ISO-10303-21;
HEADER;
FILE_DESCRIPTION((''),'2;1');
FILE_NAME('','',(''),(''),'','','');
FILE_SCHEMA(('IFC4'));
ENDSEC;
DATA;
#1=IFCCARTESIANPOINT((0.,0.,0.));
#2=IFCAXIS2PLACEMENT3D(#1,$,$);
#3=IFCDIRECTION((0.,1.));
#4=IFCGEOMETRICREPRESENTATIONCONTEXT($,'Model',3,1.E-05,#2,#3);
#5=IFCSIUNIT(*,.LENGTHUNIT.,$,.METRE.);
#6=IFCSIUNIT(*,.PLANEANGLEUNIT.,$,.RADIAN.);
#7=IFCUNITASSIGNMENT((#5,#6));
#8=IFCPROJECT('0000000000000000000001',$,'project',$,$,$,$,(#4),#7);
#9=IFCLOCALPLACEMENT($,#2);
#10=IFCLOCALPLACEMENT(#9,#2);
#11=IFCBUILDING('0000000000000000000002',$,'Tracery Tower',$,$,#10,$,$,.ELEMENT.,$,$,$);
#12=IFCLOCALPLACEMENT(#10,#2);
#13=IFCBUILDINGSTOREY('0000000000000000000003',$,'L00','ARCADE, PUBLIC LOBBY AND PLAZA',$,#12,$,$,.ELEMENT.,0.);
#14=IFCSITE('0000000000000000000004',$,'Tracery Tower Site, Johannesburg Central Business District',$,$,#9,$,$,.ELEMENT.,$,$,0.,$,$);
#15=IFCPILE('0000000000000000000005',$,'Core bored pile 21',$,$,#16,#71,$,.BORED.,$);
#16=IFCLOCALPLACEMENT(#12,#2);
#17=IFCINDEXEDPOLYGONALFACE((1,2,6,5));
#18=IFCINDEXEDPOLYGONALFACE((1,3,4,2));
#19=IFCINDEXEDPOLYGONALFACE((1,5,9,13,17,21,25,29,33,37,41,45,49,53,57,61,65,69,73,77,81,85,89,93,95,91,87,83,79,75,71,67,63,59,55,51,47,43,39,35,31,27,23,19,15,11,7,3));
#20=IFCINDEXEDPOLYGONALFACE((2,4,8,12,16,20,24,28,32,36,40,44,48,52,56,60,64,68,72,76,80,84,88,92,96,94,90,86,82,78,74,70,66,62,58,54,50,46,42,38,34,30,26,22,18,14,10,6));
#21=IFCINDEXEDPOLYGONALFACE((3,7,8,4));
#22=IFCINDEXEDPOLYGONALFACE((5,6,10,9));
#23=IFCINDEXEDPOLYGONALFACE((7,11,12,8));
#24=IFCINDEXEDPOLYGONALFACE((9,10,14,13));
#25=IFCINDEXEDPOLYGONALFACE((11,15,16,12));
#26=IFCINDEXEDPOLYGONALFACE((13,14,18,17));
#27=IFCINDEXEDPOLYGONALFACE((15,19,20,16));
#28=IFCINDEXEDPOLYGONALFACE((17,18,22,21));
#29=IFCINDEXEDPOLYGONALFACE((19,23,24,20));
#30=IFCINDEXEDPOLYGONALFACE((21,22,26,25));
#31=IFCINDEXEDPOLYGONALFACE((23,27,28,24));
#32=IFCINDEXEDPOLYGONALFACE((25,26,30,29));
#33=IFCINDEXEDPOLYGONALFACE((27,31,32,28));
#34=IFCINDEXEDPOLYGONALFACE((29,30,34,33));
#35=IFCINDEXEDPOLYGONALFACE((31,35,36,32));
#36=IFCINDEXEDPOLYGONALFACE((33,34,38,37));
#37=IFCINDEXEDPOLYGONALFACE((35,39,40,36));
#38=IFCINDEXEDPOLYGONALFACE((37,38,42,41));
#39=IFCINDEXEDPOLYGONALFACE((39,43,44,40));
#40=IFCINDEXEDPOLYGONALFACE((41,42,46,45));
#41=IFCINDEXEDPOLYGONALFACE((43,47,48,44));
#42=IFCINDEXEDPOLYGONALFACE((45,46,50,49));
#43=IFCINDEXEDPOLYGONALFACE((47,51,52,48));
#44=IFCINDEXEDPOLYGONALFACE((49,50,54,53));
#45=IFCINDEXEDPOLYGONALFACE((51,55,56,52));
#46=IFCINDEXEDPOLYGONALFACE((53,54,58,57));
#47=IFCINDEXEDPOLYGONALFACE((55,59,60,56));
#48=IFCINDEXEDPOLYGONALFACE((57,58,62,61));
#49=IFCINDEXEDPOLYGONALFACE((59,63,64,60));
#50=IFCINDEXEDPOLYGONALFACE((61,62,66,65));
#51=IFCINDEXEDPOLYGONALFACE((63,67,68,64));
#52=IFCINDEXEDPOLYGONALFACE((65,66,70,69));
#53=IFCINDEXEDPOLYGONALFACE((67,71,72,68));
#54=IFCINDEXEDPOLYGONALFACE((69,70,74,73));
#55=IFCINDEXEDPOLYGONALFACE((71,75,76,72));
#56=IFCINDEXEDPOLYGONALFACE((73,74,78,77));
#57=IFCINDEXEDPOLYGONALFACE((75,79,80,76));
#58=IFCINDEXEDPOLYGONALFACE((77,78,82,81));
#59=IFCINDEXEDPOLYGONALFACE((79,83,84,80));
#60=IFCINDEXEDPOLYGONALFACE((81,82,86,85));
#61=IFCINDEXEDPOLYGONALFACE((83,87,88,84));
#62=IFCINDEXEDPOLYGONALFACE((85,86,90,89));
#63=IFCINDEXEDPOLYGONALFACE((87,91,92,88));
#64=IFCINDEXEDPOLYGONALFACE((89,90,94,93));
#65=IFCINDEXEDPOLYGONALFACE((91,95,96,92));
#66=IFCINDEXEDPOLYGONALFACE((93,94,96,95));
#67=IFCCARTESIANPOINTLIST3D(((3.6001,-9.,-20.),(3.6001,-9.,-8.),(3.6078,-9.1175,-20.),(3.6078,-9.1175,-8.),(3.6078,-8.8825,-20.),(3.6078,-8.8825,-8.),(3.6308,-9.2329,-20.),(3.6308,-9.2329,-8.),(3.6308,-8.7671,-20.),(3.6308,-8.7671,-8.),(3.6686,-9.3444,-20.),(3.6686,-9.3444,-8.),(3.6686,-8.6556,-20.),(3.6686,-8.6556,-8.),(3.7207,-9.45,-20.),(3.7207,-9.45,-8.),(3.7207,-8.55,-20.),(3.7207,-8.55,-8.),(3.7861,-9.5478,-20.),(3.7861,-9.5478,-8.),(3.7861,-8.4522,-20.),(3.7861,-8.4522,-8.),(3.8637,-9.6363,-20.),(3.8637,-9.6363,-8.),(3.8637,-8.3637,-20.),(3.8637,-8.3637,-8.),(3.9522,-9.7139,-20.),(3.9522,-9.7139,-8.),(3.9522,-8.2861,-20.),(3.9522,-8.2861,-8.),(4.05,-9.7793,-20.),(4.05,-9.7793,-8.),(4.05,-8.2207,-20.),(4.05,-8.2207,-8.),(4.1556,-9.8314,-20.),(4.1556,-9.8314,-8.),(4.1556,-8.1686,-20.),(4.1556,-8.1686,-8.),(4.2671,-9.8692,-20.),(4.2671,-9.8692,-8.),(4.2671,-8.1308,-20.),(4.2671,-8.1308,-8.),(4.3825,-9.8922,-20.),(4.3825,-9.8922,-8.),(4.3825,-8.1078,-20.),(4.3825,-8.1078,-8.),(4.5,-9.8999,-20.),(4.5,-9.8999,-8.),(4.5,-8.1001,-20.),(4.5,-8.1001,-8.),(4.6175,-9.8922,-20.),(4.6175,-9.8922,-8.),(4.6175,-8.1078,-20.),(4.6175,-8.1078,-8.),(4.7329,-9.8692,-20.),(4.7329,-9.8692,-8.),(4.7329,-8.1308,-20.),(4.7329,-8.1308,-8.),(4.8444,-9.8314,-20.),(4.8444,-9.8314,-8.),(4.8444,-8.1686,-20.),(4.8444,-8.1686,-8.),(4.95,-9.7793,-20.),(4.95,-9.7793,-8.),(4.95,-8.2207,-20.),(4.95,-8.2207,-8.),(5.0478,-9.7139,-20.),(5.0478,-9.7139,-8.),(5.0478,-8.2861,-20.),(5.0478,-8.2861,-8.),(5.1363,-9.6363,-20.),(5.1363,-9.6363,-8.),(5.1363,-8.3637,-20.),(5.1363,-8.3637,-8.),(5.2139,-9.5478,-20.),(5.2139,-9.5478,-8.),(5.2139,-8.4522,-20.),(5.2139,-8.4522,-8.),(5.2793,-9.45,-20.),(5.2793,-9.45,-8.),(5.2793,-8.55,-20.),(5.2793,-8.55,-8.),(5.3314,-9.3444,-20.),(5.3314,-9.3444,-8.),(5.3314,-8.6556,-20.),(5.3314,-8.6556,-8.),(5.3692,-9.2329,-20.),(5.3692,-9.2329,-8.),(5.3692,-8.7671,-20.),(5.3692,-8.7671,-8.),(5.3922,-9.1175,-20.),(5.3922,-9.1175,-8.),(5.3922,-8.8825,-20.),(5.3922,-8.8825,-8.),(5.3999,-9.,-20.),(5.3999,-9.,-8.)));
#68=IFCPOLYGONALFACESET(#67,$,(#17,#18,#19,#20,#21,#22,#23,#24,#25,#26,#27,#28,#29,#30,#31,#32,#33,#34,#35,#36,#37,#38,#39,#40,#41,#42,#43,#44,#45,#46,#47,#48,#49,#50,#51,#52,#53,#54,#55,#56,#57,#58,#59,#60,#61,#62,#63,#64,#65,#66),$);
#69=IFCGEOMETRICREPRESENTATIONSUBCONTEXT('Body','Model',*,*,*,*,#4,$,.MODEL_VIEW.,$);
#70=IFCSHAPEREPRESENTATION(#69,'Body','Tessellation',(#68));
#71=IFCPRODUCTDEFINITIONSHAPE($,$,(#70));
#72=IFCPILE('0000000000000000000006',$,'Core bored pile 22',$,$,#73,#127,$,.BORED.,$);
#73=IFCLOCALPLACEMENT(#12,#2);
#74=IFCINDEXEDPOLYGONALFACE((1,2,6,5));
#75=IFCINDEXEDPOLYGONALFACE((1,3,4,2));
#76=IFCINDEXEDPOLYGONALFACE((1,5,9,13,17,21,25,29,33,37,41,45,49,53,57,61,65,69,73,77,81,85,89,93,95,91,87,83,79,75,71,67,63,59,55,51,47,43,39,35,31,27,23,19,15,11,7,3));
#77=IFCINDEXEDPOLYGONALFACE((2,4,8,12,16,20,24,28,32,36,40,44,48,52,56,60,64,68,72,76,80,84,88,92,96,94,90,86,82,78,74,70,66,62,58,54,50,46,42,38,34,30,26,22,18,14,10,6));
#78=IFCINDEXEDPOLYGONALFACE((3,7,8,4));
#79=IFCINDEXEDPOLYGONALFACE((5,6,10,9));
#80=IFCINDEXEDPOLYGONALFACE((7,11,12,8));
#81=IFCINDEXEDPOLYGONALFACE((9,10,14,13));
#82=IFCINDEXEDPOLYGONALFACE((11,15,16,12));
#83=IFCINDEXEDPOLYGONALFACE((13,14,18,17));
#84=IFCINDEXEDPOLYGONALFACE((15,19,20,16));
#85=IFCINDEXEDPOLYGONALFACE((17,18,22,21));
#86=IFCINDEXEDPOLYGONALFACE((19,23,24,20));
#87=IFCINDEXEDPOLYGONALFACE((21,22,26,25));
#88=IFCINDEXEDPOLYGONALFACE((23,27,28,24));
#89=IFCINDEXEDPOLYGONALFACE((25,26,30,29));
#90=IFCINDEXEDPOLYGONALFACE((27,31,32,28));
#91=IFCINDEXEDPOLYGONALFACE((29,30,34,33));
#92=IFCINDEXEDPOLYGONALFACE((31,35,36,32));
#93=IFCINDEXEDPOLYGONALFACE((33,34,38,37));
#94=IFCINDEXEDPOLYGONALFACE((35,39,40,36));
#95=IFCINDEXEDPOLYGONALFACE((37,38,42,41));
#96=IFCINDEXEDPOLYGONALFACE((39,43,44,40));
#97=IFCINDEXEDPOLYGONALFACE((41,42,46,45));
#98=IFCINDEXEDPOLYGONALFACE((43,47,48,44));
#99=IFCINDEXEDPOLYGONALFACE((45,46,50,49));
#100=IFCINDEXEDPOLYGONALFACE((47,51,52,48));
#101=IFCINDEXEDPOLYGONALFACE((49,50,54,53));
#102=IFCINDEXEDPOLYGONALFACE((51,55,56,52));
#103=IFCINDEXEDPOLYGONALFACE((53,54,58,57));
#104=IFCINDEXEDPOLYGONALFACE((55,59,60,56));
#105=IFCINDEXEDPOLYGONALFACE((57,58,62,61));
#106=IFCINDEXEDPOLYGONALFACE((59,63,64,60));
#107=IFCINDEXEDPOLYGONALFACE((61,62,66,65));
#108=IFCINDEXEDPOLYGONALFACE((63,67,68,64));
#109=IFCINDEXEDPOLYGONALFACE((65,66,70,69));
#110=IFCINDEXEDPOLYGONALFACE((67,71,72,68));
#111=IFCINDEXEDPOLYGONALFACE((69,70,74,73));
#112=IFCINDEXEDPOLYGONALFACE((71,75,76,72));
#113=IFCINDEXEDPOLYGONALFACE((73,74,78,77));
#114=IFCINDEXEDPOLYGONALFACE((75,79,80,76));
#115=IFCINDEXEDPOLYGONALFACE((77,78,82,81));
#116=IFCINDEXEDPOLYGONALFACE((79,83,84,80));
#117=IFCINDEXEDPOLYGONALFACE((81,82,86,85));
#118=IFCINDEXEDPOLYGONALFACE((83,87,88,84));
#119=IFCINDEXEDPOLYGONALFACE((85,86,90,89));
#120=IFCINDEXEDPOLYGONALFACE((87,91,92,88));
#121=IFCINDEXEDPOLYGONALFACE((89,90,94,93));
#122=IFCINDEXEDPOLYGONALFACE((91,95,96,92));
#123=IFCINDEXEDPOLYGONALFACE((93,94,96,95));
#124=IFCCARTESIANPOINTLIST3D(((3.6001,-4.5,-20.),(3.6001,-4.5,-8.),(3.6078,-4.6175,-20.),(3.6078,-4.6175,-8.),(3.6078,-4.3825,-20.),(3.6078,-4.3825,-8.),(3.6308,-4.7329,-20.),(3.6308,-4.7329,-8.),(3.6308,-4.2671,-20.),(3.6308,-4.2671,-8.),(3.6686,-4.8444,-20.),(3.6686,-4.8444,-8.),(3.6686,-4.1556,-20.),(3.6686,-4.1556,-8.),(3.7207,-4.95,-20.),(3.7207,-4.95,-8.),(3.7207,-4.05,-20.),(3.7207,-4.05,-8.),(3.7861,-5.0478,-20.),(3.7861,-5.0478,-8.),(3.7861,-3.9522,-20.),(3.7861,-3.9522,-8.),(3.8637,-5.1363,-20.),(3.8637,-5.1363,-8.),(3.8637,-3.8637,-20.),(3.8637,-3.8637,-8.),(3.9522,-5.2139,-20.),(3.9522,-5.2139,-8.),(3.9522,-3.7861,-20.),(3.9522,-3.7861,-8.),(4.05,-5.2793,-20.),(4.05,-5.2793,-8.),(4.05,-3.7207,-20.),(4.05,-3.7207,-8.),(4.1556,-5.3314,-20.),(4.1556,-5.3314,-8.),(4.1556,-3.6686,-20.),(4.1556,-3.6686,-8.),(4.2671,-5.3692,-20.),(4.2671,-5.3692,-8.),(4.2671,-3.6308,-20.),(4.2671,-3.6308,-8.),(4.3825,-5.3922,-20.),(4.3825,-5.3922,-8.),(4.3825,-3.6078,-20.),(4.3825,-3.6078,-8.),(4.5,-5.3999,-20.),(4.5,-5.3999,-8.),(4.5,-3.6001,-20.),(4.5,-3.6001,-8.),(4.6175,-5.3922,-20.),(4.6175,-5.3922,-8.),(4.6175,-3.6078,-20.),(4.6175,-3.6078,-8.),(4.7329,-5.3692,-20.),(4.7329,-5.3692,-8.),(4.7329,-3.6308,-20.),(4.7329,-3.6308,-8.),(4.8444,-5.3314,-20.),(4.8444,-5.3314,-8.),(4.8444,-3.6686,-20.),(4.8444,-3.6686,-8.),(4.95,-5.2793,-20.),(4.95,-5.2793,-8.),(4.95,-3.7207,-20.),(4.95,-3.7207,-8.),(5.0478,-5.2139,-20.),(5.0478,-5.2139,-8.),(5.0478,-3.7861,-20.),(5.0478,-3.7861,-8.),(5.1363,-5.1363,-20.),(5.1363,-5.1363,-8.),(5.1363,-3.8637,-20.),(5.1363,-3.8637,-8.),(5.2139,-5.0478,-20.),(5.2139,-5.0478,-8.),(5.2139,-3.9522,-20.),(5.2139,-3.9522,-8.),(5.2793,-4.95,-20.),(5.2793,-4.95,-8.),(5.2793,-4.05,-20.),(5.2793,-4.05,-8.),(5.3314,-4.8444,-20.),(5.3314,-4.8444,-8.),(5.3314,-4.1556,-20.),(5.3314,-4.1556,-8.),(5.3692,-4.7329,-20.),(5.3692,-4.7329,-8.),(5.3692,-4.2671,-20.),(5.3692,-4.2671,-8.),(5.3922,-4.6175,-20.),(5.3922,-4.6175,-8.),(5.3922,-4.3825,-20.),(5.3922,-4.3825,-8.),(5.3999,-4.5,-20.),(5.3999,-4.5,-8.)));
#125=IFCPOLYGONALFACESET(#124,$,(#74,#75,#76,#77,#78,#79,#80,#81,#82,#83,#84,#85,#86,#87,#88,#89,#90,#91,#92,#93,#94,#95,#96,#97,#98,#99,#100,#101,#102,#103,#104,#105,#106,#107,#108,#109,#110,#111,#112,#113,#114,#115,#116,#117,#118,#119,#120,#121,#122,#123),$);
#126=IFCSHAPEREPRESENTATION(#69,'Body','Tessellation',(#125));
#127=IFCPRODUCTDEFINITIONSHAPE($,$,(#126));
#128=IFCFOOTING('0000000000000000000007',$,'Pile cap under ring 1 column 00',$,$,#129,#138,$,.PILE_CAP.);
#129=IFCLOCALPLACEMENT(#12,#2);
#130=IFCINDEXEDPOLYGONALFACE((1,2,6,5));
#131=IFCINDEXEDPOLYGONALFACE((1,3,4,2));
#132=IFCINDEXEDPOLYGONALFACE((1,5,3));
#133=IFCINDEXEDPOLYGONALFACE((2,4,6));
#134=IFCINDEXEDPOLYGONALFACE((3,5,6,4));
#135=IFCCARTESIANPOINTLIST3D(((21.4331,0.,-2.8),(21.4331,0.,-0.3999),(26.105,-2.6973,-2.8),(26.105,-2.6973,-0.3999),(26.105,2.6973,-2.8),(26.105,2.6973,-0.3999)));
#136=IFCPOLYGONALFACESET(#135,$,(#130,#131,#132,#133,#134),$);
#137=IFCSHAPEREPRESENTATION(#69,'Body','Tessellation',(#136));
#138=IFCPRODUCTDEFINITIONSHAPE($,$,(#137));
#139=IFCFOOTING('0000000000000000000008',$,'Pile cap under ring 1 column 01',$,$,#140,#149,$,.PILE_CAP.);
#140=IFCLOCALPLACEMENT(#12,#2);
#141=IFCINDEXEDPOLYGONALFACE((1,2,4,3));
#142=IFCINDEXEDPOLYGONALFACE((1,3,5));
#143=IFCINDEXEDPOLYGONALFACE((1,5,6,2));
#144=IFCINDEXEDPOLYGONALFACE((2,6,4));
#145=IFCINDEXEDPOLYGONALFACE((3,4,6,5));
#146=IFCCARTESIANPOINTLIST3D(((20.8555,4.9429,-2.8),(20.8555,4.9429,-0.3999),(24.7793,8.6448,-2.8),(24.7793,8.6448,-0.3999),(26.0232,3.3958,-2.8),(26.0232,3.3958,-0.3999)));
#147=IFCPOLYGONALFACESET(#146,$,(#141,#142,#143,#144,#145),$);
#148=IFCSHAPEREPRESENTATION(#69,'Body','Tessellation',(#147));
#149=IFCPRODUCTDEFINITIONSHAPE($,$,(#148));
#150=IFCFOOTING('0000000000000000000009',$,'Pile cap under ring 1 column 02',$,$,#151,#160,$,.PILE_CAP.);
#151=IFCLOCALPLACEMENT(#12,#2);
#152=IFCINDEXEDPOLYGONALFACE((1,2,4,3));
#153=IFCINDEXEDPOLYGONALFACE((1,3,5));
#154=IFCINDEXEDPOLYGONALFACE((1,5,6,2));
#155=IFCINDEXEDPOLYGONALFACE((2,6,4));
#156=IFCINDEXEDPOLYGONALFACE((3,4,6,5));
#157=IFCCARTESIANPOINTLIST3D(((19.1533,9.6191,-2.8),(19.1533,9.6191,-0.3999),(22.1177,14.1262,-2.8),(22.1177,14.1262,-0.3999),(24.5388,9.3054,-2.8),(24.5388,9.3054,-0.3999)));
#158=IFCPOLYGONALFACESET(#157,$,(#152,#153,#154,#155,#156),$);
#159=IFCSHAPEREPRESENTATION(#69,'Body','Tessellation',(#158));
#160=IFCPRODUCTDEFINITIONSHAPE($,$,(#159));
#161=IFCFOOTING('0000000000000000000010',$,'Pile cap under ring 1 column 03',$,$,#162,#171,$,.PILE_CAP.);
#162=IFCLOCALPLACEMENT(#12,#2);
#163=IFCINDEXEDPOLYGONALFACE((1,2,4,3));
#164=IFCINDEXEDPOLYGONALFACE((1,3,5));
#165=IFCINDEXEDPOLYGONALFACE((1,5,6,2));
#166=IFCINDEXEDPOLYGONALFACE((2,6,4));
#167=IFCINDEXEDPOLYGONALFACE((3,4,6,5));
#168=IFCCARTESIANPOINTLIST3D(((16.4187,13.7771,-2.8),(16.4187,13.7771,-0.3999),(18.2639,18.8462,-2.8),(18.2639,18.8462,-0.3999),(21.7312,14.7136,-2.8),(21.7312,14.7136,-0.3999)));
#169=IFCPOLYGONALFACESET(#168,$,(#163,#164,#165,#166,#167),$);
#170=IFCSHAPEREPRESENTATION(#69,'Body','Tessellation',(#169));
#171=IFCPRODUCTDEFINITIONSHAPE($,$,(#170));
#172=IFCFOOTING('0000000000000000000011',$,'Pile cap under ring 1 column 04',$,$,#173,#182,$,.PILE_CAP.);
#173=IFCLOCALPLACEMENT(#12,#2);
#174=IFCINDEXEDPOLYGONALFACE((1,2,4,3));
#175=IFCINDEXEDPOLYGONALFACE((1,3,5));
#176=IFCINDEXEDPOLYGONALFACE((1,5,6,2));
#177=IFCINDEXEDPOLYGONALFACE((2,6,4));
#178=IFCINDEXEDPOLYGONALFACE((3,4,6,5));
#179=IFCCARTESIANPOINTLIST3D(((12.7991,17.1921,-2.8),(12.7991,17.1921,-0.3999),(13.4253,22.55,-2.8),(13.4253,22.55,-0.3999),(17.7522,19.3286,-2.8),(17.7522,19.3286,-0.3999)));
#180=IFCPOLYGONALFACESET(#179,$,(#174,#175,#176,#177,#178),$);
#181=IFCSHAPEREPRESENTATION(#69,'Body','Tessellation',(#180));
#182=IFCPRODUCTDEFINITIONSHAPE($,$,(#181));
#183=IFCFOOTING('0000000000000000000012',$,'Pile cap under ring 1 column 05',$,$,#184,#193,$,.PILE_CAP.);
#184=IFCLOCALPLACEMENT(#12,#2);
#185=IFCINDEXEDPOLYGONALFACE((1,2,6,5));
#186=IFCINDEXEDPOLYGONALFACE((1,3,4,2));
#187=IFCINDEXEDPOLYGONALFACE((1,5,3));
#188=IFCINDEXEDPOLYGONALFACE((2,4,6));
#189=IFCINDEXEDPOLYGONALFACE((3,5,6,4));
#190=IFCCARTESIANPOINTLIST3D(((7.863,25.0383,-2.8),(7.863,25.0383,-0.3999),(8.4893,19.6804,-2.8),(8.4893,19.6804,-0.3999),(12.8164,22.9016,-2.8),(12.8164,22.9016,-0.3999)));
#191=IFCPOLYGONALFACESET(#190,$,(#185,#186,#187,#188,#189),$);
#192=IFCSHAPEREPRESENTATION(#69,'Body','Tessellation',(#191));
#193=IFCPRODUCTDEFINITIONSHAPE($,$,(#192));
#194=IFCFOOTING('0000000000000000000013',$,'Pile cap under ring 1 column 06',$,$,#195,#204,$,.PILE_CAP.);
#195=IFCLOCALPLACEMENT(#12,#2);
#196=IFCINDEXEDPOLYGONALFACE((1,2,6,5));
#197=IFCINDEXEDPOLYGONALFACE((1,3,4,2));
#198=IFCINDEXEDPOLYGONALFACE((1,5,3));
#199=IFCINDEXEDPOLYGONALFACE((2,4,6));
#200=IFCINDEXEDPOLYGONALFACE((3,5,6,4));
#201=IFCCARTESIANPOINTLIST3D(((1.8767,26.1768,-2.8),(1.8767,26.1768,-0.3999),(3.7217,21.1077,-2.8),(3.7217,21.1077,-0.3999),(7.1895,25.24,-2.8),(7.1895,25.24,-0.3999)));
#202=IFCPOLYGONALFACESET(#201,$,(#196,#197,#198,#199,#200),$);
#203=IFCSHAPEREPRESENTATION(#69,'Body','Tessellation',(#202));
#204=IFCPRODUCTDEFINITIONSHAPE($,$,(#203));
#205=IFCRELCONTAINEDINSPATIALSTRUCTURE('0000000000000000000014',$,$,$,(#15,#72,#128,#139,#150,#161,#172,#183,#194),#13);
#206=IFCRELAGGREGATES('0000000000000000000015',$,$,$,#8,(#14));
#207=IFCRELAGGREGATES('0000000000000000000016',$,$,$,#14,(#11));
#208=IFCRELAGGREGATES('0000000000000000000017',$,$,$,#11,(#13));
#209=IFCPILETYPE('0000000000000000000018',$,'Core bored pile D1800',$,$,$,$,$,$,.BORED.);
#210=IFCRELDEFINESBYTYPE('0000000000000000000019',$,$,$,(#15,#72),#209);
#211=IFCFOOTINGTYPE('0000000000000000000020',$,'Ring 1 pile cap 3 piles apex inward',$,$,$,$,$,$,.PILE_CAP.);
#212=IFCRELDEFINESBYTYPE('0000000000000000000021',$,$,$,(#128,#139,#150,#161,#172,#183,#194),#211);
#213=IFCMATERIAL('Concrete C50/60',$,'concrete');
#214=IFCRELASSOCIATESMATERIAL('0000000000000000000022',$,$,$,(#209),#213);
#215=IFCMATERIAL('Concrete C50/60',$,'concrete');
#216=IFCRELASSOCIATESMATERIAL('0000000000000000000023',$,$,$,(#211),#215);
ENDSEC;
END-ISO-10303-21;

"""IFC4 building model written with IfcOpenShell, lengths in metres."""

from ifc_helpers import new_model, si_unit, direction, frame, origin, origin_2d, place, context, subcontext, project, spatial, polyline, circle, outline, extrude, material, material_profile, profile_set, type_object, element, save


model = new_model("IFC4")

# Units and contexts
model_context = context("Model", 3, precision=1e-05, world=origin(), true_north=direction((0.0, 1.0)))
body_context = subcontext(model_context, "Body", "Model", "MODEL_VIEW")
ifc_project = project(units=[si_unit("LENGTHUNIT", "METRE"), si_unit("PLANEANGLEUNIT", "RADIAN")], contexts=[model_context])

# Site, building, storey
site_placement = place(None, origin())
site = spatial("IfcSite", under=ifc_project, at=site_placement, Name="Tracery Tower Site, Johannesburg Central Business District", CompositionType="ELEMENT", RefElevation=0.0)
building_placement = place(site_placement, origin())
building = spatial("IfcBuilding", under=site, at=building_placement, Name="Tracery Tower", CompositionType="ELEMENT")
storey_placement = place(building_placement, origin())
storey = spatial("IfcBuildingStorey", under=building, at=storey_placement, Name="L00", Description="ARCADE, PUBLIC LOBBY AND PLAZA", CompositionType="ELEMENT", Elevation=0.0)

# Piles
ifc_material_1 = material(Name="Concrete C50/60", Category="concrete")
ifc_material_profile = material_profile(ifc_material_1, circle(Radius=0.8999, at=origin_2d()), Name="RC D1800")
ifc_profile_set = profile_set([ifc_material_profile], Name="Concrete C50/60")
pile_type = type_object("IfcPileType", Name="Core bored pile D1800", PredefinedType="BORED", material=ifc_profile_set)
for number, where, z_axis, x_axis, name in (
    (1, (4.5, -9.0, -8.0), (0.0, 0.0, -1.0), (1.0, 0.0, 0.0), "Core bored pile 21"),
    (2, (4.5, -4.5, -8.0), (0.0, 0.0, -1.0), (1.0, 0.0, 0.0), "Core bored pile 22"),
):
    element("IfcPile", number, at=place(storey_placement, frame(where, z_axis=z_axis, x_axis=x_axis)), inside=storey, type_object=pile_type, Name=name, PredefinedType="BORED", context=body_context, shape_type="SweptSolid", body=[
        extrude(circle(Radius=0.8999, at=origin_2d()), origin(), (0.0, 0.0, 1.0), 12.0),
    ])

# Footings
ifc_material_2 = material(Name="Concrete C50/60", Category="concrete")
footing_type = type_object("IfcFootingType", Name="Ring 1 pile cap 3 piles apex inward", PredefinedType="PILE_CAP", material=ifc_material_2)
footing_1_placement = place(storey_placement, frame((0.0, 0.0, -2.8)))
element("IfcFooting", 3, at=footing_1_placement, inside=storey, type_object=footing_type, Name="Pile cap under ring 1 column 00", PredefinedType="PILE_CAP", context=body_context, shape_type="SweptSolid", body=[
    extrude(outline(polyline([(26.105, 2.6973), (21.4331, 0.0), (26.105, -2.6973), (26.105, 2.6973)])), origin(), (0.0, 0.0, 1.0), 2.4001),
])
footing_2_placement = place(storey_placement, frame((0.0, 0.0, -2.8)))
element("IfcFooting", 4, at=footing_2_placement, inside=storey, type_object=footing_type, Name="Pile cap under ring 1 column 01", PredefinedType="PILE_CAP", context=body_context, shape_type="SweptSolid", body=[
    extrude(outline(polyline([(24.7793, 8.6448), (20.8555, 4.9429), (26.0232, 3.3958), (24.7793, 8.6448)])), origin(), (0.0, 0.0, 1.0), 2.4001),
])
footing_3_placement = place(storey_placement, frame((0.0, 0.0, -2.8)))
element("IfcFooting", 5, at=footing_3_placement, inside=storey, type_object=footing_type, Name="Pile cap under ring 1 column 02", PredefinedType="PILE_CAP", context=body_context, shape_type="SweptSolid", body=[
    extrude(outline(polyline([(22.1177, 14.1262), (19.1533, 9.6191), (24.5388, 9.3054), (22.1177, 14.1262)])), origin(), (0.0, 0.0, 1.0), 2.4001),
])
footing_4_placement = place(storey_placement, frame((0.0, 0.0, -2.8)))
element("IfcFooting", 6, at=footing_4_placement, inside=storey, type_object=footing_type, Name="Pile cap under ring 1 column 03", PredefinedType="PILE_CAP", context=body_context, shape_type="SweptSolid", body=[
    extrude(outline(polyline([(18.2639, 18.8462), (16.4187, 13.7771), (21.7312, 14.7136), (18.2639, 18.8462)])), origin(), (0.0, 0.0, 1.0), 2.4001),
])
footing_5_placement = place(storey_placement, frame((0.0, 0.0, -2.8)))
element("IfcFooting", 7, at=footing_5_placement, inside=storey, type_object=footing_type, Name="Pile cap under ring 1 column 04", PredefinedType="PILE_CAP", context=body_context, shape_type="SweptSolid", body=[
    extrude(outline(polyline([(13.4253, 22.55), (12.7991, 17.1921), (17.7522, 19.3286), (13.4253, 22.55)])), origin(), (0.0, 0.0, 1.0), 2.4001),
])
footing_6_placement = place(storey_placement, frame((0.0, 0.0, -2.8)))
element("IfcFooting", 8, at=footing_6_placement, inside=storey, type_object=footing_type, Name="Pile cap under ring 1 column 05", PredefinedType="PILE_CAP", context=body_context, shape_type="SweptSolid", body=[
    extrude(outline(polyline([(7.863, 25.0383), (8.4893, 19.6804), (12.8164, 22.9016), (7.863, 25.0383)])), origin(), (0.0, 0.0, 1.0), 2.4001),
])
footing_7_placement = place(storey_placement, frame((0.0, 0.0, -2.8)))
element("IfcFooting", 9, at=footing_7_placement, inside=storey, type_object=footing_type, Name="Pile cap under ring 1 column 06", PredefinedType="PILE_CAP", context=body_context, shape_type="SweptSolid", body=[
    extrude(outline(polyline([(1.8767, 26.1768), (3.7217, 21.1077), (7.1895, 25.24), (1.8767, 26.1768)])), origin(), (0.0, 0.0, 1.0), 2.4001),
])

save(model, "model.ifc")
